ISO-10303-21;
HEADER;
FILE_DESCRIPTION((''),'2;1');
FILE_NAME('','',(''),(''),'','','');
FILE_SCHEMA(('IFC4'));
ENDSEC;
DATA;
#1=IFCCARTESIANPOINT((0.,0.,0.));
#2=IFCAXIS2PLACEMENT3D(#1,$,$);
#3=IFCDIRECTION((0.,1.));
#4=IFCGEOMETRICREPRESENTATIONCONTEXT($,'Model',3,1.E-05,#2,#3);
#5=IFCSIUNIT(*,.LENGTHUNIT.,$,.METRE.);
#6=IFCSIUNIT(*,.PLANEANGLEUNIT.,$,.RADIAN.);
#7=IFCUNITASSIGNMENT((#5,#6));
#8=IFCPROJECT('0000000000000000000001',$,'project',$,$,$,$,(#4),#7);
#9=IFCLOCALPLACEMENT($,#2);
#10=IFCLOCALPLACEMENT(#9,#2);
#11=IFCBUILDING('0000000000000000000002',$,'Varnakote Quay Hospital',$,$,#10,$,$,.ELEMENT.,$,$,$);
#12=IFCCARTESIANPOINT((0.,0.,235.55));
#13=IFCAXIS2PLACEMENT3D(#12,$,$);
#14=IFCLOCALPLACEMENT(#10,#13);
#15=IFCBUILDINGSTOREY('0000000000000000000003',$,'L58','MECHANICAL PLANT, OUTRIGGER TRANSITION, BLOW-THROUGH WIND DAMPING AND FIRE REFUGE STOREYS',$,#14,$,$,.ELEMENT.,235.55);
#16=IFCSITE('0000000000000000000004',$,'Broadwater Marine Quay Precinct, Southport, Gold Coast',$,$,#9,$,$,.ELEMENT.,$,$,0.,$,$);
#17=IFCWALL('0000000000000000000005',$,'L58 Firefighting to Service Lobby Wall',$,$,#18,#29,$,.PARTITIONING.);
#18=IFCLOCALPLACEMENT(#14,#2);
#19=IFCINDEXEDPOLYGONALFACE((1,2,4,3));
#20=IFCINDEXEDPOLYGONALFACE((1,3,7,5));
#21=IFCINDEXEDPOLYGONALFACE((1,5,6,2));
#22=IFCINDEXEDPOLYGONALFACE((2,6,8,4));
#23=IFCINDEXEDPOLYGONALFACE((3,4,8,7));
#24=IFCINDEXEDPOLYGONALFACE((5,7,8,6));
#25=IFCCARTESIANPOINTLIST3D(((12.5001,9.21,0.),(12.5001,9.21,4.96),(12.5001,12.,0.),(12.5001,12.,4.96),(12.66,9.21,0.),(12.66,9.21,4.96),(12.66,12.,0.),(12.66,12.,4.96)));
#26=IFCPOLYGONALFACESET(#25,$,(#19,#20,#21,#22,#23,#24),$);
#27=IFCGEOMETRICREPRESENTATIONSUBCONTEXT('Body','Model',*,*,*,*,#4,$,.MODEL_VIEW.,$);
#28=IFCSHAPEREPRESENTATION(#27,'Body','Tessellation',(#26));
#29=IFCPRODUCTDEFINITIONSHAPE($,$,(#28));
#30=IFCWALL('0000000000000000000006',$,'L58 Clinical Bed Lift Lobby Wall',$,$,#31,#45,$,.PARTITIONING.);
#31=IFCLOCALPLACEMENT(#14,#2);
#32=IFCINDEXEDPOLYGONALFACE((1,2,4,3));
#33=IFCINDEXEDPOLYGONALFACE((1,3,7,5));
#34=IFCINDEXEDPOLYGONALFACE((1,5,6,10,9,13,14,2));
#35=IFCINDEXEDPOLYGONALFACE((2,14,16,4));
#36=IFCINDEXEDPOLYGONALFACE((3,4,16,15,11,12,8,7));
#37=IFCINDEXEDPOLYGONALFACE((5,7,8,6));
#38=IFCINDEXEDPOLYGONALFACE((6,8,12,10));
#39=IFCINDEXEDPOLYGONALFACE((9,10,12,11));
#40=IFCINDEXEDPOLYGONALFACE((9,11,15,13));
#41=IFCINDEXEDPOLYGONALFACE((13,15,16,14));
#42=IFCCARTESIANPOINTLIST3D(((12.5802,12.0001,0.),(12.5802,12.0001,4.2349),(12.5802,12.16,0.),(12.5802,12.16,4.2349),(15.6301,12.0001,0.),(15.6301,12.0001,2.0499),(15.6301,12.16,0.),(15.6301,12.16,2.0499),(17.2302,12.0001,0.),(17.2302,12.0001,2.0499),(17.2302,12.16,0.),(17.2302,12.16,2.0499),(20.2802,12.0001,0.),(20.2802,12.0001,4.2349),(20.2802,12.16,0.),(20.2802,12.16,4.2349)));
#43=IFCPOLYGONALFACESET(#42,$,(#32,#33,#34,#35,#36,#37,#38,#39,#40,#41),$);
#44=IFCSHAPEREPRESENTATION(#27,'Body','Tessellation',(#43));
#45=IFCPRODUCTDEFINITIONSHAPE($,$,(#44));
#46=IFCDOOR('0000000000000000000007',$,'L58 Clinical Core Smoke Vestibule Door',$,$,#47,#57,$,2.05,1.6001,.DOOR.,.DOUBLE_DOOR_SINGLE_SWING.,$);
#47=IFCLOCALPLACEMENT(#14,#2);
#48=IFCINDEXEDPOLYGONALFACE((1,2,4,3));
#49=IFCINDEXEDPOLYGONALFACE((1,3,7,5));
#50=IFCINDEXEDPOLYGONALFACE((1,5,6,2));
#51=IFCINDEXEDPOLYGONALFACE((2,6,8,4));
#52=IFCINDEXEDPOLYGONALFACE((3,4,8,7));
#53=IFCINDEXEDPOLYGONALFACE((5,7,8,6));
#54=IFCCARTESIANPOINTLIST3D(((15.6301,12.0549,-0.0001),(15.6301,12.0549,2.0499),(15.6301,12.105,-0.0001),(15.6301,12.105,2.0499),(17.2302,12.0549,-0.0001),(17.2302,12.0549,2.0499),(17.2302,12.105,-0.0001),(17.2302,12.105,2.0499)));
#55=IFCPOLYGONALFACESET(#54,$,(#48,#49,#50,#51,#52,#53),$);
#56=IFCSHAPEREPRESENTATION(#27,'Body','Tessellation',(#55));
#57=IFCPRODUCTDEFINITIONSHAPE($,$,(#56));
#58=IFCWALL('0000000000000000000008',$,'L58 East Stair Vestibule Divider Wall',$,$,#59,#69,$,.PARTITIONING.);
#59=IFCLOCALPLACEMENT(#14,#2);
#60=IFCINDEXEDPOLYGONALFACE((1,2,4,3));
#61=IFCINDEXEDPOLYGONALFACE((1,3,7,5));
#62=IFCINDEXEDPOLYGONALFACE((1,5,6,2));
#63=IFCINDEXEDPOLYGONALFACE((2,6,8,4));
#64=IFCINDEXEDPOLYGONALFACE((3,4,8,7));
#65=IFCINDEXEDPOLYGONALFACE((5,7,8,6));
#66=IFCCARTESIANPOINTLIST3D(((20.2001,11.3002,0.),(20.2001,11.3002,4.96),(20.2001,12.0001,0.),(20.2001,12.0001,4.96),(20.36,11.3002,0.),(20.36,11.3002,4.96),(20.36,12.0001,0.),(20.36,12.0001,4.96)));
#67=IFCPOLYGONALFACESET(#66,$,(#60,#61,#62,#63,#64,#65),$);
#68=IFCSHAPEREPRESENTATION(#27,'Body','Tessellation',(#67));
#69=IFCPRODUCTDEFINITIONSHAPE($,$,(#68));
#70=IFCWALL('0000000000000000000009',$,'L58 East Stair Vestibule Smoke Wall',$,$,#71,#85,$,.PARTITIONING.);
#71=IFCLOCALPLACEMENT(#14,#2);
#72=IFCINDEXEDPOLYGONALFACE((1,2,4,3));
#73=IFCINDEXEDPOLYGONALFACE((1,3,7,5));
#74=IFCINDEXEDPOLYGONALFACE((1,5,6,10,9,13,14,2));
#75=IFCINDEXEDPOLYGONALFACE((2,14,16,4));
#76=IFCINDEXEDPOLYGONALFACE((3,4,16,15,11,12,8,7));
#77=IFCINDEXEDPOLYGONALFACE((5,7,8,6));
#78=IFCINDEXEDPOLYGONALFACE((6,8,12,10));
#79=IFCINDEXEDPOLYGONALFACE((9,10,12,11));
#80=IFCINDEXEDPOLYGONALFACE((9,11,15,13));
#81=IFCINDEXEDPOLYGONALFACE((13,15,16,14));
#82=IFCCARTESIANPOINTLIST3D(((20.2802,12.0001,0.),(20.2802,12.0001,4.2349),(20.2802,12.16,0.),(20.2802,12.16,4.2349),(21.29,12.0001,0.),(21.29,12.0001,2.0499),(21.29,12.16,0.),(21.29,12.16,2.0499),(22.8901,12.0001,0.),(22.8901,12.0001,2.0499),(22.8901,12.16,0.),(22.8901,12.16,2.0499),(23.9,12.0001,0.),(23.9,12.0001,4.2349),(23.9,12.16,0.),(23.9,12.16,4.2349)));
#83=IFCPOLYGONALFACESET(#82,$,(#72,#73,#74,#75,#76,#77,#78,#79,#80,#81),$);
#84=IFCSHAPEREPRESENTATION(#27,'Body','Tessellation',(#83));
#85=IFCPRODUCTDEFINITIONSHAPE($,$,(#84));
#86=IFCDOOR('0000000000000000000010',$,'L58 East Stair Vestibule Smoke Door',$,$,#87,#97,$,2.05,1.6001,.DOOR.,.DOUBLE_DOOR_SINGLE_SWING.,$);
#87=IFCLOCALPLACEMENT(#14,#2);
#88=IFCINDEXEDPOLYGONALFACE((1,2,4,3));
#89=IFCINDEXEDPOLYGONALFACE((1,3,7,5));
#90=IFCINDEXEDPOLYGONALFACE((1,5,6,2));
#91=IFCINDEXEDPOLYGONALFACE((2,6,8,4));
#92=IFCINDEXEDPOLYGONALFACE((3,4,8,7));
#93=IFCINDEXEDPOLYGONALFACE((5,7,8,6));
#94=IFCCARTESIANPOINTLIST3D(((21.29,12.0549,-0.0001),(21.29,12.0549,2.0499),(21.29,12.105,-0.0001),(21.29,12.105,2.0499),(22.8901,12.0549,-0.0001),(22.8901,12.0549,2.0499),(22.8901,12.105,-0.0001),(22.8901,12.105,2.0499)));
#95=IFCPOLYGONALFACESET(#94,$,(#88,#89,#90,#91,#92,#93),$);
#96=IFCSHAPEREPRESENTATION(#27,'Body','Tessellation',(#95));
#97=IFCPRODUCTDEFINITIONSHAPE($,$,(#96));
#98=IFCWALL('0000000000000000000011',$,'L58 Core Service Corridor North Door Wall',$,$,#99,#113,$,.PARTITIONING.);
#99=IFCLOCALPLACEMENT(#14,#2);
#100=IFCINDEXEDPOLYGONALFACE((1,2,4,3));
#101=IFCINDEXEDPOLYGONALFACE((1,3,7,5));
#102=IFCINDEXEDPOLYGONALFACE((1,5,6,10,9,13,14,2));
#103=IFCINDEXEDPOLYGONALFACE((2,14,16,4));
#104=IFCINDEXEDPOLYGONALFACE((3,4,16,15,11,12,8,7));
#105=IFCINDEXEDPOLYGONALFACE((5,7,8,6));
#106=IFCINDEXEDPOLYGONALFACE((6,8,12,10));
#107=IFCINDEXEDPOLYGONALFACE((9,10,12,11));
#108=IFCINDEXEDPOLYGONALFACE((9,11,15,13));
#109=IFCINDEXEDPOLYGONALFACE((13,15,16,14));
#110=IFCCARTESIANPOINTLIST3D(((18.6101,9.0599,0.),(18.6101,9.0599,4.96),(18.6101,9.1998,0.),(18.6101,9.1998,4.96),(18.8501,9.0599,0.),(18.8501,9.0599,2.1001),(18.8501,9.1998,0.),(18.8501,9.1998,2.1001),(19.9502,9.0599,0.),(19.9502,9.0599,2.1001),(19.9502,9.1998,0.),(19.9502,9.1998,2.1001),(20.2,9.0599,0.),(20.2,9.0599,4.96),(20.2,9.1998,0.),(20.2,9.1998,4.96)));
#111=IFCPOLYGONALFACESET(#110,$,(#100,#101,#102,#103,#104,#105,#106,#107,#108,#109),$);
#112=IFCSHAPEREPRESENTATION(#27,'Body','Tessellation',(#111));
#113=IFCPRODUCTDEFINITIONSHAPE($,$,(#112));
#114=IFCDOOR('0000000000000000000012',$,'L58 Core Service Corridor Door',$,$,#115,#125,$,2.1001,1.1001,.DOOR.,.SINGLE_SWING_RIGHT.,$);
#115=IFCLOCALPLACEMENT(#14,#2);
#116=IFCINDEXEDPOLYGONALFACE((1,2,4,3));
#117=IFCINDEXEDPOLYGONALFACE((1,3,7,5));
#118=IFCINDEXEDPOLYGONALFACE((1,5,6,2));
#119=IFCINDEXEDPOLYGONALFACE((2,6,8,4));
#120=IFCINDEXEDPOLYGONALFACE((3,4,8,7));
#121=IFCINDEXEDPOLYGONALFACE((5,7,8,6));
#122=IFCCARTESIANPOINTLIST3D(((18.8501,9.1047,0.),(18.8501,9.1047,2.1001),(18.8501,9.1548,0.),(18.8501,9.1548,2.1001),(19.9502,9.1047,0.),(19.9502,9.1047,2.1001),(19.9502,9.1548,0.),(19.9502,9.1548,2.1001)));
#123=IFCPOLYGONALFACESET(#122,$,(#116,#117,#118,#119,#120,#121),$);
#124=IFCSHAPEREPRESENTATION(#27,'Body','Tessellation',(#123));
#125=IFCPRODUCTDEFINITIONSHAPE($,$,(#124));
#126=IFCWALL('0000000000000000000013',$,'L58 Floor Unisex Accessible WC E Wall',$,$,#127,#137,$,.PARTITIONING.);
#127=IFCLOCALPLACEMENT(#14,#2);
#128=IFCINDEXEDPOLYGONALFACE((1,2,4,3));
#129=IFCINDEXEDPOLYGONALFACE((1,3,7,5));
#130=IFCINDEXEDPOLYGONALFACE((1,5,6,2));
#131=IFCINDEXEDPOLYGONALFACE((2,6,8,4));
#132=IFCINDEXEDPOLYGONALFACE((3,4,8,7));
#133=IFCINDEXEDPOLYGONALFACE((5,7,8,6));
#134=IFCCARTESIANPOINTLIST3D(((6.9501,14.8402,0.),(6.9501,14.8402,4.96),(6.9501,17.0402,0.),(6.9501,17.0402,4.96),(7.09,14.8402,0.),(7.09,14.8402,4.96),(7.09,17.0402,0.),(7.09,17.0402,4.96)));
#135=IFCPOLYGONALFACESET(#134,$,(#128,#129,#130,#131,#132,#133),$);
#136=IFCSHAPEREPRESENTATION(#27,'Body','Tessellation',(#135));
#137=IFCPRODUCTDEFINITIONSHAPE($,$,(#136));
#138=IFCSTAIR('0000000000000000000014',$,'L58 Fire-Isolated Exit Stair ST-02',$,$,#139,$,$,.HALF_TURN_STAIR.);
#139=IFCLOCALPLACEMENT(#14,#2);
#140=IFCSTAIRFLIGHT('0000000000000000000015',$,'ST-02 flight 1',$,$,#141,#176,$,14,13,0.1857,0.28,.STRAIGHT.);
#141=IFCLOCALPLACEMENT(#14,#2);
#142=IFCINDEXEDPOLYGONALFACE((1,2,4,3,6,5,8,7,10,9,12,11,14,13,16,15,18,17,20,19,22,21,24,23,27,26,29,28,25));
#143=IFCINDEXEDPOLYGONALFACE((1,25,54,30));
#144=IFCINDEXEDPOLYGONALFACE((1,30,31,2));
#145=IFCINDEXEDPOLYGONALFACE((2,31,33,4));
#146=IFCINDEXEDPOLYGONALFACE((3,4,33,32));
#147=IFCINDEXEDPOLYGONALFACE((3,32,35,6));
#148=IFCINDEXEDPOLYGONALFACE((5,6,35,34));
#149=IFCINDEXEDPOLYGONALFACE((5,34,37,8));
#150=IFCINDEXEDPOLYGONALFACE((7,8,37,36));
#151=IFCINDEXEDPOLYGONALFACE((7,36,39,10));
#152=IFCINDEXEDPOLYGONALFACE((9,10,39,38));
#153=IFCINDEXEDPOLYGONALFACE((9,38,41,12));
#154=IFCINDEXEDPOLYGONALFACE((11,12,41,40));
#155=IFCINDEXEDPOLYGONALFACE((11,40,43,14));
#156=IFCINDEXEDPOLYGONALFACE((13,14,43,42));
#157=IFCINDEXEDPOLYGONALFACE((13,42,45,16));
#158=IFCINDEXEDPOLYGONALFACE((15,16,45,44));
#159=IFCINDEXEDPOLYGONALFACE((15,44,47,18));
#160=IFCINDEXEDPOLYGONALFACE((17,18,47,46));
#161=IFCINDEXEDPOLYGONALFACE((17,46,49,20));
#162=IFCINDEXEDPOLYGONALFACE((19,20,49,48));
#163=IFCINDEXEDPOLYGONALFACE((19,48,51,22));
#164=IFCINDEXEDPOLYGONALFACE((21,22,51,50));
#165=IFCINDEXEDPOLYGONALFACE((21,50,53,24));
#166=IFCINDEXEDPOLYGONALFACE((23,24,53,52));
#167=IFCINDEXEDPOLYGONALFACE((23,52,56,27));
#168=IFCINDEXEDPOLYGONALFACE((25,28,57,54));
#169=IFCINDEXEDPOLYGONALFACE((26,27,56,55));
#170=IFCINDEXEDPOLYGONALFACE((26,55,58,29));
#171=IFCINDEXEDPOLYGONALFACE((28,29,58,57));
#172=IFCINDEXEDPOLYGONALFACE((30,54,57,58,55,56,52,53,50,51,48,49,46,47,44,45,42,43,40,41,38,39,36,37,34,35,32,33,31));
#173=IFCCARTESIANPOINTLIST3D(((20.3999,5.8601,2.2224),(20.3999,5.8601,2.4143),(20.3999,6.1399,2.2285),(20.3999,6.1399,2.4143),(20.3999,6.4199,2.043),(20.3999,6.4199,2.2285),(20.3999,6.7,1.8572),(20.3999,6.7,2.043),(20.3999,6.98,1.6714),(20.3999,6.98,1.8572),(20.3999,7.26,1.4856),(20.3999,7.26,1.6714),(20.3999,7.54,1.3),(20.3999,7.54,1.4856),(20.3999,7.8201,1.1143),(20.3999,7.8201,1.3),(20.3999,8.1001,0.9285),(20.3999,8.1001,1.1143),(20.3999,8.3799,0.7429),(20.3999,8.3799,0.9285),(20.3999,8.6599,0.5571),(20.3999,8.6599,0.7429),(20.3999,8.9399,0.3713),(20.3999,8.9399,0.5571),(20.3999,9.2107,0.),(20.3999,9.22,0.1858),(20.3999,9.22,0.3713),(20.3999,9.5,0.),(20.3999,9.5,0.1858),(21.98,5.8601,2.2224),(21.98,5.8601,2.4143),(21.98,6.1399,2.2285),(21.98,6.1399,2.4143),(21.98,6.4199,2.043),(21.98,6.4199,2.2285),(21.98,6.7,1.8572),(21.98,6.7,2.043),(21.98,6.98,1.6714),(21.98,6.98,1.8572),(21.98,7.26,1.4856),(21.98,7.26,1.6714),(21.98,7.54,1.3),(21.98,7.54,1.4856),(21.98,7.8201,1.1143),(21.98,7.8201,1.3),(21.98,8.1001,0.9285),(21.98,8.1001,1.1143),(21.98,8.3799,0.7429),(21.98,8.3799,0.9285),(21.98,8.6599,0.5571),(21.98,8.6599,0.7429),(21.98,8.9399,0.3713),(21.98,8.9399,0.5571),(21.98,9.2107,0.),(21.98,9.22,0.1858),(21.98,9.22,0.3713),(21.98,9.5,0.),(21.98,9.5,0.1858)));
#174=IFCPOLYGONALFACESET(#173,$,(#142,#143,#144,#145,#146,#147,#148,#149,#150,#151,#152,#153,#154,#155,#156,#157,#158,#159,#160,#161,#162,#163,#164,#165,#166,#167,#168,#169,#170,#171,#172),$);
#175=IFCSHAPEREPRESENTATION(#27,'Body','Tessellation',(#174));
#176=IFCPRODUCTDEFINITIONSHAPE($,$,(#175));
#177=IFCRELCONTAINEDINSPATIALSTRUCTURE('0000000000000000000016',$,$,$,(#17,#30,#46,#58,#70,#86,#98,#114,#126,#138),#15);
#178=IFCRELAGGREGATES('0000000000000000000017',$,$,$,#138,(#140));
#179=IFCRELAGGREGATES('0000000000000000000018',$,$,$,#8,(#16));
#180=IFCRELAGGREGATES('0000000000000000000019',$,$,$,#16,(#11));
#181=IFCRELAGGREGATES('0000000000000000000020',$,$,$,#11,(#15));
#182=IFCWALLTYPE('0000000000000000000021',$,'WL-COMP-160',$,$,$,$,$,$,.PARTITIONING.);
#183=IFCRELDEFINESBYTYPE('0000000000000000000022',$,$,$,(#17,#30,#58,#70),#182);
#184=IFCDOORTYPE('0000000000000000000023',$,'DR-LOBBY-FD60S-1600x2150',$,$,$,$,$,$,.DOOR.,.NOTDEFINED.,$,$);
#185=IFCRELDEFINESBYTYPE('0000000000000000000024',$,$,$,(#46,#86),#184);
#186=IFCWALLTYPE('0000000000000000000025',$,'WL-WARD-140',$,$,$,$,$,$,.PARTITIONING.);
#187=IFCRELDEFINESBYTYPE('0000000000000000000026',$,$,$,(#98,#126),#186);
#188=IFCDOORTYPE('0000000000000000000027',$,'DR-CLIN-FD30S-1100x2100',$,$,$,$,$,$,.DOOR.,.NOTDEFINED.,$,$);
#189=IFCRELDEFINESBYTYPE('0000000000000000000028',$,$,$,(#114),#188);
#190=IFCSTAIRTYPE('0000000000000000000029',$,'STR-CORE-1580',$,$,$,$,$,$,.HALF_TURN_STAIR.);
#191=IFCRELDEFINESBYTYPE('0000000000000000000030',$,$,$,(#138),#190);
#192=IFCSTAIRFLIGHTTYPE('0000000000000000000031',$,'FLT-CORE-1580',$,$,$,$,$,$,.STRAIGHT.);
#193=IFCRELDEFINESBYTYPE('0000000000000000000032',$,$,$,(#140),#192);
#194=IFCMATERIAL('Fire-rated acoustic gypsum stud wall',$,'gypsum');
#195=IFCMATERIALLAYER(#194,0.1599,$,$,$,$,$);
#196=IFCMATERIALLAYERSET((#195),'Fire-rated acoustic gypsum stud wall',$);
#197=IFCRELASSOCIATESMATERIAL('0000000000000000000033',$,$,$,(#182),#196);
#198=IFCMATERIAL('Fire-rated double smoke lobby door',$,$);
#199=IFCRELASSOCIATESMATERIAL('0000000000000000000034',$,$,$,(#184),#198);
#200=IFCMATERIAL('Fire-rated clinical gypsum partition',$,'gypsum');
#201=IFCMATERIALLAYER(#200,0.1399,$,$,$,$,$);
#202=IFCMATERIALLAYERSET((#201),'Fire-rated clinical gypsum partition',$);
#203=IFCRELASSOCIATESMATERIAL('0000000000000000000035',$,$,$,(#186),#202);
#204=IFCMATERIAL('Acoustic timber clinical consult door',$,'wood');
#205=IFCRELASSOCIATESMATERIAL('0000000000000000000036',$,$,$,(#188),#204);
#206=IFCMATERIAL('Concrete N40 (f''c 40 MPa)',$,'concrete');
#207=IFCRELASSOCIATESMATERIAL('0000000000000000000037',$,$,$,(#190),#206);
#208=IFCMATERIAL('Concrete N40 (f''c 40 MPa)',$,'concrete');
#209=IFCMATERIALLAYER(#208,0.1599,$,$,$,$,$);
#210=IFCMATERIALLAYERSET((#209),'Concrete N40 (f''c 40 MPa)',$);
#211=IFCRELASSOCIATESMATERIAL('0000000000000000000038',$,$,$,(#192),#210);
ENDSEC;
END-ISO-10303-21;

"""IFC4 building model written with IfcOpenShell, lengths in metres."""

from ifc_helpers import new_model, si_unit, direction, frame, frame_2d, origin, place, context, subcontext, project, spatial, polyline, rectangle, outline, extrude, material, layer, layer_set, type_object, element, fill, aggregate, save


model = new_model("IFC4")

# Units and contexts
model_context = context("Model", 3, precision=1e-05, world=origin(), true_north=direction((0.0, 1.0)))
body_context = subcontext(model_context, "Body", "Model", "MODEL_VIEW")
ifc_project = project(units=[si_unit("LENGTHUNIT", "METRE"), si_unit("PLANEANGLEUNIT", "RADIAN")], contexts=[model_context])

# Site, building, storey
site_placement = place(None, origin())
site = spatial("IfcSite", under=ifc_project, at=site_placement, Name="Broadwater Marine Quay Precinct, Southport, Gold Coast", CompositionType="ELEMENT", RefElevation=0.0)
building_placement = place(site_placement, origin())
building = spatial("IfcBuilding", under=site, at=building_placement, Name="Varnakote Quay Hospital", CompositionType="ELEMENT")
storey_placement = place(building_placement, frame((0.0, 0.0, 235.55)))
storey = spatial("IfcBuildingStorey", under=building, at=storey_placement, Name="L58", Description="MECHANICAL PLANT, OUTRIGGER TRANSITION, BLOW-THROUGH WIND DAMPING AND FIRE REFUGE STOREYS", CompositionType="ELEMENT", Elevation=235.55)

# Shared definitions
ifc_material_1 = material(Name="Fire-rated acoustic gypsum stud wall", Category="gypsum")
ifc_layer_1 = layer(ifc_material_1, 0.1599)
ifc_layer_set_1 = layer_set([ifc_layer_1], Name="Fire-rated acoustic gypsum stud wall")
wall_type_1 = type_object("IfcWallType", Name="WL-COMP-160", PredefinedType="PARTITIONING", material=ifc_layer_set_1)
ifc_material_2 = material(Name="Fire-rated double smoke lobby door")
door_type_1 = type_object("IfcDoorType", Name="DR-LOBBY-FD60S-1600x2150", OperationType="NOTDEFINED", PredefinedType="DOOR", material=ifc_material_2)

# Wall
wall_1_placement = place(storey_placement, frame((12.5801, 9.21, 0.0), z_axis=(0.0, 0.0, 1.0), x_axis=(0.0, 1.0, 0.0)))
element("IfcWall", 1, at=wall_1_placement, inside=storey, type_object=wall_type_1, Name="L58 Firefighting to Service Lobby Wall", PredefinedType="PARTITIONING", context=body_context, shape_type="SweptSolid", body=[
    extrude(rectangle(XDim=2.79, YDim=0.1599, at=frame_2d((1.395, 0.0))), origin(), (0.0, 0.0, 1.0), 4.96),
])

# Wall, opening, door
wall_2_placement = place(storey_placement, frame((12.5801, 12.0801, 0.0), z_axis=(0.0, 0.0, 1.0), x_axis=(1.0, 0.0, 0.0)))
wall_2 = element("IfcWall", 2, at=wall_2_placement, inside=storey, type_object=wall_type_1, Name="L58 Clinical Bed Lift Lobby Wall", PredefinedType="PARTITIONING", context=body_context, shape_type="SweptSolid", body=[
    extrude(rectangle(XDim=7.7, YDim=0.1599, at=frame_2d((3.8501, 0.0))), origin(), (0.0, 0.0, 1.0), 4.2349),
])
opening_1_placement = place(wall_2_placement, frame((3.05, 0.0, 0.0)))
opening_1 = element("IfcOpeningElement", 3, at=opening_1_placement, cuts=wall_2, PredefinedType="OPENING", context=body_context, shape_type="SweptSolid", body=[
    extrude(rectangle(XDim=1.6001, YDim=2.05, at=frame_2d((0.8, 1.0249))), frame((0.0, 0.0898, 0.0), z_axis=(0.0, -1.0, 0.0), x_axis=(1.0, 0.0, 0.0)), (0.0, 0.0, 1.0), 0.1799),
])
door_1_placement = place(opening_1_placement, origin())
door_1 = element("IfcDoor", 4, at=door_1_placement, inside=storey, type_object=door_type_1, Name="L58 Clinical Core Smoke Vestibule Door", OperationType="DOUBLE_DOOR_SINGLE_SWING", OverallHeight=2.05, OverallWidth=1.6001, PredefinedType="DOOR", context=body_context, shape_type="SweptSolid", body=[
    extrude(rectangle(XDim=1.6001, YDim=2.05, at=frame_2d((0.8, 1.0249))), frame((0.0, 0.0249, 0.0), z_axis=(0.0, -1.0, 0.0), x_axis=(1.0, 0.0, 0.0)), (0.0, 0.0, 1.0), 0.05),
])
fill(opening_1, door_1)

# Wall
wall_3_placement = place(storey_placement, frame((20.28, 11.3, 0.0), z_axis=(0.0, 0.0, 1.0), x_axis=(0.0, 1.0, 0.0)))
element("IfcWall", 5, at=wall_3_placement, inside=storey, type_object=wall_type_1, Name="L58 East Stair Vestibule Divider Wall", PredefinedType="PARTITIONING", context=body_context, shape_type="SweptSolid", body=[
    extrude(rectangle(XDim=0.7, YDim=0.1599, at=frame_2d((0.3501, 0.0))), origin(), (0.0, 0.0, 1.0), 4.96),
])

# Walls, openings, doors
wall_4_placement = place(storey_placement, frame((20.28, 12.0801, 0.0), z_axis=(0.0, 0.0, 1.0), x_axis=(1.0, 0.0, 0.0)))
wall_4 = element("IfcWall", 6, at=wall_4_placement, inside=storey, type_object=wall_type_1, Name="L58 East Stair Vestibule Smoke Wall", PredefinedType="PARTITIONING", context=body_context, shape_type="SweptSolid", body=[
    extrude(rectangle(XDim=3.6199, YDim=0.1599, at=frame_2d((1.8101, 0.0))), origin(), (0.0, 0.0, 1.0), 4.2349),
])
opening_2_placement = place(wall_4_placement, frame((1.01, 0.0, 0.0)))
opening_2 = element("IfcOpeningElement", 7, at=opening_2_placement, cuts=wall_4, PredefinedType="OPENING", context=body_context, shape_type="SweptSolid", body=[
    extrude(rectangle(XDim=1.6001, YDim=2.05, at=frame_2d((0.8, 1.0249))), frame((0.0, 0.0898, 0.0), z_axis=(0.0, -1.0, 0.0), x_axis=(1.0, 0.0, 0.0)), (0.0, 0.0, 1.0), 0.1799),
])
door_2_placement = place(opening_2_placement, origin())
door_2 = element("IfcDoor", 8, at=door_2_placement, inside=storey, type_object=door_type_1, Name="L58 East Stair Vestibule Smoke Door", OperationType="DOUBLE_DOOR_SINGLE_SWING", OverallHeight=2.05, OverallWidth=1.6001, PredefinedType="DOOR", context=body_context, shape_type="SweptSolid", body=[
    extrude(rectangle(XDim=1.6001, YDim=2.05, at=frame_2d((0.8, 1.0249))), frame((0.0, 0.0249, 0.0), z_axis=(0.0, -1.0, 0.0), x_axis=(1.0, 0.0, 0.0)), (0.0, 0.0, 1.0), 0.05),
])
fill(opening_2, door_2)
ifc_material_3 = material(Name="Fire-rated clinical gypsum partition", Category="gypsum")
ifc_layer_2 = layer(ifc_material_3, 0.1399)
ifc_layer_set_2 = layer_set([ifc_layer_2], Name="Fire-rated clinical gypsum partition")
wall_type_2 = type_object("IfcWallType", Name="WL-WARD-140", PredefinedType="PARTITIONING", material=ifc_layer_set_2)
wall_5_placement = place(storey_placement, frame((18.6101, 9.1299, 0.0), z_axis=(0.0, 0.0, 1.0), x_axis=(1.0, 0.0, 0.0)))
wall_5 = element("IfcWall", 9, at=wall_5_placement, inside=storey, type_object=wall_type_2, Name="L58 Core Service Corridor North Door Wall", PredefinedType="PARTITIONING", context=body_context, shape_type="SweptSolid", body=[
    extrude(rectangle(XDim=1.5898, YDim=0.1399, at=frame_2d((0.7949, 0.0))), origin(), (0.0, 0.0, 1.0), 4.96),
])
opening_3_placement = place(wall_5_placement, frame((0.24, 0.0, 0.0)))
opening_3 = element("IfcOpeningElement", 10, at=opening_3_placement, cuts=wall_5, PredefinedType="OPENING", context=body_context, shape_type="SweptSolid", body=[
    extrude(rectangle(XDim=1.1001, YDim=2.1001, at=frame_2d((0.55, 1.05))), frame((0.0, 0.0798, 0.0), z_axis=(0.0, -1.0, 0.0), x_axis=(1.0, 0.0, 0.0)), (0.0, 0.0, 1.0), 0.1599),
])
ifc_material_4 = material(Name="Acoustic timber clinical consult door", Category="wood")
door_type_2 = type_object("IfcDoorType", Name="DR-CLIN-FD30S-1100x2100", OperationType="NOTDEFINED", PredefinedType="DOOR", material=ifc_material_4)
door_3_placement = place(opening_3_placement, origin())
door_3 = element("IfcDoor", 11, at=door_3_placement, inside=storey, type_object=door_type_2, Name="L58 Core Service Corridor Door", OperationType="SINGLE_SWING_RIGHT", OverallHeight=2.1001, OverallWidth=1.1001, PredefinedType="DOOR", context=body_context, shape_type="SweptSolid", body=[
    extrude(rectangle(XDim=1.1001, YDim=2.1001, at=frame_2d((0.55, 1.05))), frame((0.0, 0.0249, 0.0), z_axis=(0.0, -1.0, 0.0), x_axis=(1.0, 0.0, 0.0)), (0.0, 0.0, 1.0), 0.05),
])
fill(opening_3, door_3)

# Wall
wall_6_placement = place(storey_placement, frame((7.02, 14.8401, 0.0), z_axis=(0.0, 0.0, 1.0), x_axis=(0.0, 1.0, 0.0)))
element("IfcWall", 12, at=wall_6_placement, inside=storey, type_object=wall_type_2, Name="L58 Floor Unisex Accessible WC E Wall", PredefinedType="PARTITIONING", context=body_context, shape_type="SweptSolid", body=[
    extrude(rectangle(XDim=2.2, YDim=0.1399, at=frame_2d((1.1001, 0.0))), origin(), (0.0, 0.0, 1.0), 4.96),
])

# Stair, stair flight
ifc_material_5 = material(Name="Concrete N40 (f'c 40 MPa)", Category="concrete")
stair_type = type_object("IfcStairType", Name="STR-CORE-1580", PredefinedType="HALF_TURN_STAIR", material=ifc_material_5)
stair_placement = place(storey_placement, origin())
stair = element("IfcStair", 13, at=stair_placement, inside=storey, type_object=stair_type, Name="L58 Fire-Isolated Exit Stair ST-02", PredefinedType="HALF_TURN_STAIR")
ifc_material_6 = material(Name="Concrete N40 (f'c 40 MPa)", Category="concrete")
ifc_layer_3 = layer(ifc_material_6, 0.1599)
ifc_layer_set_3 = layer_set([ifc_layer_3], Name="Concrete N40 (f'c 40 MPa)")
stair_flight_type = type_object("IfcStairFlightType", Name="FLT-CORE-1580", PredefinedType="STRAIGHT", material=ifc_layer_set_3)
stair_flight_placement = place(storey_placement, frame((21.1899, 9.5, 0.0), z_axis=(0.0, 0.0, 1.0), x_axis=(0.0, -1.0, 0.0)))
stair_flight = element("IfcStairFlight", 14, at=stair_flight_placement, type_object=stair_flight_type, Name="ST-02 flight 1", NumberOfRisers=14, NumberOfTreads=13, PredefinedType="STRAIGHT", RiserHeight=0.1857, TreadLength=0.28, context=body_context, shape_type="SweptSolid", body=[
    extrude(outline(polyline([(0.0, 0.0), (0.0, 0.1858), (0.28, 0.1858), (0.28, 0.3713), (0.5601, 0.3713), (0.5601, 0.5571), (0.8401, 0.5571), (0.8401, 0.7429), (1.1201, 0.7429), (1.1201, 0.9285), (1.3999, 0.9285), (1.3999, 1.1143), (1.6799, 1.1143), (1.6799, 1.3), (1.96, 1.3), (1.96, 1.4856), (2.24, 1.4856), (2.24, 1.6714), (2.52, 1.6714), (2.52, 1.8572), (2.8, 1.8572), (2.8, 2.043), (3.0801, 2.043), (3.0801, 2.2285), (3.3601, 2.2285), (3.3601, 2.4143), (3.6399, 2.4143), (3.6399, 2.6001), (3.6399, 2.2224), (0.2893, 0.0), (0.0, 0.0)])), frame((0.0, 0.79, 0.0), z_axis=(0.0, -1.0, 0.0), x_axis=(1.0, 0.0, 0.0)), (0.0, 0.0, 1.0), 1.5801),
])
aggregate(stair, [stair_flight])

save(model, "model.ifc")
